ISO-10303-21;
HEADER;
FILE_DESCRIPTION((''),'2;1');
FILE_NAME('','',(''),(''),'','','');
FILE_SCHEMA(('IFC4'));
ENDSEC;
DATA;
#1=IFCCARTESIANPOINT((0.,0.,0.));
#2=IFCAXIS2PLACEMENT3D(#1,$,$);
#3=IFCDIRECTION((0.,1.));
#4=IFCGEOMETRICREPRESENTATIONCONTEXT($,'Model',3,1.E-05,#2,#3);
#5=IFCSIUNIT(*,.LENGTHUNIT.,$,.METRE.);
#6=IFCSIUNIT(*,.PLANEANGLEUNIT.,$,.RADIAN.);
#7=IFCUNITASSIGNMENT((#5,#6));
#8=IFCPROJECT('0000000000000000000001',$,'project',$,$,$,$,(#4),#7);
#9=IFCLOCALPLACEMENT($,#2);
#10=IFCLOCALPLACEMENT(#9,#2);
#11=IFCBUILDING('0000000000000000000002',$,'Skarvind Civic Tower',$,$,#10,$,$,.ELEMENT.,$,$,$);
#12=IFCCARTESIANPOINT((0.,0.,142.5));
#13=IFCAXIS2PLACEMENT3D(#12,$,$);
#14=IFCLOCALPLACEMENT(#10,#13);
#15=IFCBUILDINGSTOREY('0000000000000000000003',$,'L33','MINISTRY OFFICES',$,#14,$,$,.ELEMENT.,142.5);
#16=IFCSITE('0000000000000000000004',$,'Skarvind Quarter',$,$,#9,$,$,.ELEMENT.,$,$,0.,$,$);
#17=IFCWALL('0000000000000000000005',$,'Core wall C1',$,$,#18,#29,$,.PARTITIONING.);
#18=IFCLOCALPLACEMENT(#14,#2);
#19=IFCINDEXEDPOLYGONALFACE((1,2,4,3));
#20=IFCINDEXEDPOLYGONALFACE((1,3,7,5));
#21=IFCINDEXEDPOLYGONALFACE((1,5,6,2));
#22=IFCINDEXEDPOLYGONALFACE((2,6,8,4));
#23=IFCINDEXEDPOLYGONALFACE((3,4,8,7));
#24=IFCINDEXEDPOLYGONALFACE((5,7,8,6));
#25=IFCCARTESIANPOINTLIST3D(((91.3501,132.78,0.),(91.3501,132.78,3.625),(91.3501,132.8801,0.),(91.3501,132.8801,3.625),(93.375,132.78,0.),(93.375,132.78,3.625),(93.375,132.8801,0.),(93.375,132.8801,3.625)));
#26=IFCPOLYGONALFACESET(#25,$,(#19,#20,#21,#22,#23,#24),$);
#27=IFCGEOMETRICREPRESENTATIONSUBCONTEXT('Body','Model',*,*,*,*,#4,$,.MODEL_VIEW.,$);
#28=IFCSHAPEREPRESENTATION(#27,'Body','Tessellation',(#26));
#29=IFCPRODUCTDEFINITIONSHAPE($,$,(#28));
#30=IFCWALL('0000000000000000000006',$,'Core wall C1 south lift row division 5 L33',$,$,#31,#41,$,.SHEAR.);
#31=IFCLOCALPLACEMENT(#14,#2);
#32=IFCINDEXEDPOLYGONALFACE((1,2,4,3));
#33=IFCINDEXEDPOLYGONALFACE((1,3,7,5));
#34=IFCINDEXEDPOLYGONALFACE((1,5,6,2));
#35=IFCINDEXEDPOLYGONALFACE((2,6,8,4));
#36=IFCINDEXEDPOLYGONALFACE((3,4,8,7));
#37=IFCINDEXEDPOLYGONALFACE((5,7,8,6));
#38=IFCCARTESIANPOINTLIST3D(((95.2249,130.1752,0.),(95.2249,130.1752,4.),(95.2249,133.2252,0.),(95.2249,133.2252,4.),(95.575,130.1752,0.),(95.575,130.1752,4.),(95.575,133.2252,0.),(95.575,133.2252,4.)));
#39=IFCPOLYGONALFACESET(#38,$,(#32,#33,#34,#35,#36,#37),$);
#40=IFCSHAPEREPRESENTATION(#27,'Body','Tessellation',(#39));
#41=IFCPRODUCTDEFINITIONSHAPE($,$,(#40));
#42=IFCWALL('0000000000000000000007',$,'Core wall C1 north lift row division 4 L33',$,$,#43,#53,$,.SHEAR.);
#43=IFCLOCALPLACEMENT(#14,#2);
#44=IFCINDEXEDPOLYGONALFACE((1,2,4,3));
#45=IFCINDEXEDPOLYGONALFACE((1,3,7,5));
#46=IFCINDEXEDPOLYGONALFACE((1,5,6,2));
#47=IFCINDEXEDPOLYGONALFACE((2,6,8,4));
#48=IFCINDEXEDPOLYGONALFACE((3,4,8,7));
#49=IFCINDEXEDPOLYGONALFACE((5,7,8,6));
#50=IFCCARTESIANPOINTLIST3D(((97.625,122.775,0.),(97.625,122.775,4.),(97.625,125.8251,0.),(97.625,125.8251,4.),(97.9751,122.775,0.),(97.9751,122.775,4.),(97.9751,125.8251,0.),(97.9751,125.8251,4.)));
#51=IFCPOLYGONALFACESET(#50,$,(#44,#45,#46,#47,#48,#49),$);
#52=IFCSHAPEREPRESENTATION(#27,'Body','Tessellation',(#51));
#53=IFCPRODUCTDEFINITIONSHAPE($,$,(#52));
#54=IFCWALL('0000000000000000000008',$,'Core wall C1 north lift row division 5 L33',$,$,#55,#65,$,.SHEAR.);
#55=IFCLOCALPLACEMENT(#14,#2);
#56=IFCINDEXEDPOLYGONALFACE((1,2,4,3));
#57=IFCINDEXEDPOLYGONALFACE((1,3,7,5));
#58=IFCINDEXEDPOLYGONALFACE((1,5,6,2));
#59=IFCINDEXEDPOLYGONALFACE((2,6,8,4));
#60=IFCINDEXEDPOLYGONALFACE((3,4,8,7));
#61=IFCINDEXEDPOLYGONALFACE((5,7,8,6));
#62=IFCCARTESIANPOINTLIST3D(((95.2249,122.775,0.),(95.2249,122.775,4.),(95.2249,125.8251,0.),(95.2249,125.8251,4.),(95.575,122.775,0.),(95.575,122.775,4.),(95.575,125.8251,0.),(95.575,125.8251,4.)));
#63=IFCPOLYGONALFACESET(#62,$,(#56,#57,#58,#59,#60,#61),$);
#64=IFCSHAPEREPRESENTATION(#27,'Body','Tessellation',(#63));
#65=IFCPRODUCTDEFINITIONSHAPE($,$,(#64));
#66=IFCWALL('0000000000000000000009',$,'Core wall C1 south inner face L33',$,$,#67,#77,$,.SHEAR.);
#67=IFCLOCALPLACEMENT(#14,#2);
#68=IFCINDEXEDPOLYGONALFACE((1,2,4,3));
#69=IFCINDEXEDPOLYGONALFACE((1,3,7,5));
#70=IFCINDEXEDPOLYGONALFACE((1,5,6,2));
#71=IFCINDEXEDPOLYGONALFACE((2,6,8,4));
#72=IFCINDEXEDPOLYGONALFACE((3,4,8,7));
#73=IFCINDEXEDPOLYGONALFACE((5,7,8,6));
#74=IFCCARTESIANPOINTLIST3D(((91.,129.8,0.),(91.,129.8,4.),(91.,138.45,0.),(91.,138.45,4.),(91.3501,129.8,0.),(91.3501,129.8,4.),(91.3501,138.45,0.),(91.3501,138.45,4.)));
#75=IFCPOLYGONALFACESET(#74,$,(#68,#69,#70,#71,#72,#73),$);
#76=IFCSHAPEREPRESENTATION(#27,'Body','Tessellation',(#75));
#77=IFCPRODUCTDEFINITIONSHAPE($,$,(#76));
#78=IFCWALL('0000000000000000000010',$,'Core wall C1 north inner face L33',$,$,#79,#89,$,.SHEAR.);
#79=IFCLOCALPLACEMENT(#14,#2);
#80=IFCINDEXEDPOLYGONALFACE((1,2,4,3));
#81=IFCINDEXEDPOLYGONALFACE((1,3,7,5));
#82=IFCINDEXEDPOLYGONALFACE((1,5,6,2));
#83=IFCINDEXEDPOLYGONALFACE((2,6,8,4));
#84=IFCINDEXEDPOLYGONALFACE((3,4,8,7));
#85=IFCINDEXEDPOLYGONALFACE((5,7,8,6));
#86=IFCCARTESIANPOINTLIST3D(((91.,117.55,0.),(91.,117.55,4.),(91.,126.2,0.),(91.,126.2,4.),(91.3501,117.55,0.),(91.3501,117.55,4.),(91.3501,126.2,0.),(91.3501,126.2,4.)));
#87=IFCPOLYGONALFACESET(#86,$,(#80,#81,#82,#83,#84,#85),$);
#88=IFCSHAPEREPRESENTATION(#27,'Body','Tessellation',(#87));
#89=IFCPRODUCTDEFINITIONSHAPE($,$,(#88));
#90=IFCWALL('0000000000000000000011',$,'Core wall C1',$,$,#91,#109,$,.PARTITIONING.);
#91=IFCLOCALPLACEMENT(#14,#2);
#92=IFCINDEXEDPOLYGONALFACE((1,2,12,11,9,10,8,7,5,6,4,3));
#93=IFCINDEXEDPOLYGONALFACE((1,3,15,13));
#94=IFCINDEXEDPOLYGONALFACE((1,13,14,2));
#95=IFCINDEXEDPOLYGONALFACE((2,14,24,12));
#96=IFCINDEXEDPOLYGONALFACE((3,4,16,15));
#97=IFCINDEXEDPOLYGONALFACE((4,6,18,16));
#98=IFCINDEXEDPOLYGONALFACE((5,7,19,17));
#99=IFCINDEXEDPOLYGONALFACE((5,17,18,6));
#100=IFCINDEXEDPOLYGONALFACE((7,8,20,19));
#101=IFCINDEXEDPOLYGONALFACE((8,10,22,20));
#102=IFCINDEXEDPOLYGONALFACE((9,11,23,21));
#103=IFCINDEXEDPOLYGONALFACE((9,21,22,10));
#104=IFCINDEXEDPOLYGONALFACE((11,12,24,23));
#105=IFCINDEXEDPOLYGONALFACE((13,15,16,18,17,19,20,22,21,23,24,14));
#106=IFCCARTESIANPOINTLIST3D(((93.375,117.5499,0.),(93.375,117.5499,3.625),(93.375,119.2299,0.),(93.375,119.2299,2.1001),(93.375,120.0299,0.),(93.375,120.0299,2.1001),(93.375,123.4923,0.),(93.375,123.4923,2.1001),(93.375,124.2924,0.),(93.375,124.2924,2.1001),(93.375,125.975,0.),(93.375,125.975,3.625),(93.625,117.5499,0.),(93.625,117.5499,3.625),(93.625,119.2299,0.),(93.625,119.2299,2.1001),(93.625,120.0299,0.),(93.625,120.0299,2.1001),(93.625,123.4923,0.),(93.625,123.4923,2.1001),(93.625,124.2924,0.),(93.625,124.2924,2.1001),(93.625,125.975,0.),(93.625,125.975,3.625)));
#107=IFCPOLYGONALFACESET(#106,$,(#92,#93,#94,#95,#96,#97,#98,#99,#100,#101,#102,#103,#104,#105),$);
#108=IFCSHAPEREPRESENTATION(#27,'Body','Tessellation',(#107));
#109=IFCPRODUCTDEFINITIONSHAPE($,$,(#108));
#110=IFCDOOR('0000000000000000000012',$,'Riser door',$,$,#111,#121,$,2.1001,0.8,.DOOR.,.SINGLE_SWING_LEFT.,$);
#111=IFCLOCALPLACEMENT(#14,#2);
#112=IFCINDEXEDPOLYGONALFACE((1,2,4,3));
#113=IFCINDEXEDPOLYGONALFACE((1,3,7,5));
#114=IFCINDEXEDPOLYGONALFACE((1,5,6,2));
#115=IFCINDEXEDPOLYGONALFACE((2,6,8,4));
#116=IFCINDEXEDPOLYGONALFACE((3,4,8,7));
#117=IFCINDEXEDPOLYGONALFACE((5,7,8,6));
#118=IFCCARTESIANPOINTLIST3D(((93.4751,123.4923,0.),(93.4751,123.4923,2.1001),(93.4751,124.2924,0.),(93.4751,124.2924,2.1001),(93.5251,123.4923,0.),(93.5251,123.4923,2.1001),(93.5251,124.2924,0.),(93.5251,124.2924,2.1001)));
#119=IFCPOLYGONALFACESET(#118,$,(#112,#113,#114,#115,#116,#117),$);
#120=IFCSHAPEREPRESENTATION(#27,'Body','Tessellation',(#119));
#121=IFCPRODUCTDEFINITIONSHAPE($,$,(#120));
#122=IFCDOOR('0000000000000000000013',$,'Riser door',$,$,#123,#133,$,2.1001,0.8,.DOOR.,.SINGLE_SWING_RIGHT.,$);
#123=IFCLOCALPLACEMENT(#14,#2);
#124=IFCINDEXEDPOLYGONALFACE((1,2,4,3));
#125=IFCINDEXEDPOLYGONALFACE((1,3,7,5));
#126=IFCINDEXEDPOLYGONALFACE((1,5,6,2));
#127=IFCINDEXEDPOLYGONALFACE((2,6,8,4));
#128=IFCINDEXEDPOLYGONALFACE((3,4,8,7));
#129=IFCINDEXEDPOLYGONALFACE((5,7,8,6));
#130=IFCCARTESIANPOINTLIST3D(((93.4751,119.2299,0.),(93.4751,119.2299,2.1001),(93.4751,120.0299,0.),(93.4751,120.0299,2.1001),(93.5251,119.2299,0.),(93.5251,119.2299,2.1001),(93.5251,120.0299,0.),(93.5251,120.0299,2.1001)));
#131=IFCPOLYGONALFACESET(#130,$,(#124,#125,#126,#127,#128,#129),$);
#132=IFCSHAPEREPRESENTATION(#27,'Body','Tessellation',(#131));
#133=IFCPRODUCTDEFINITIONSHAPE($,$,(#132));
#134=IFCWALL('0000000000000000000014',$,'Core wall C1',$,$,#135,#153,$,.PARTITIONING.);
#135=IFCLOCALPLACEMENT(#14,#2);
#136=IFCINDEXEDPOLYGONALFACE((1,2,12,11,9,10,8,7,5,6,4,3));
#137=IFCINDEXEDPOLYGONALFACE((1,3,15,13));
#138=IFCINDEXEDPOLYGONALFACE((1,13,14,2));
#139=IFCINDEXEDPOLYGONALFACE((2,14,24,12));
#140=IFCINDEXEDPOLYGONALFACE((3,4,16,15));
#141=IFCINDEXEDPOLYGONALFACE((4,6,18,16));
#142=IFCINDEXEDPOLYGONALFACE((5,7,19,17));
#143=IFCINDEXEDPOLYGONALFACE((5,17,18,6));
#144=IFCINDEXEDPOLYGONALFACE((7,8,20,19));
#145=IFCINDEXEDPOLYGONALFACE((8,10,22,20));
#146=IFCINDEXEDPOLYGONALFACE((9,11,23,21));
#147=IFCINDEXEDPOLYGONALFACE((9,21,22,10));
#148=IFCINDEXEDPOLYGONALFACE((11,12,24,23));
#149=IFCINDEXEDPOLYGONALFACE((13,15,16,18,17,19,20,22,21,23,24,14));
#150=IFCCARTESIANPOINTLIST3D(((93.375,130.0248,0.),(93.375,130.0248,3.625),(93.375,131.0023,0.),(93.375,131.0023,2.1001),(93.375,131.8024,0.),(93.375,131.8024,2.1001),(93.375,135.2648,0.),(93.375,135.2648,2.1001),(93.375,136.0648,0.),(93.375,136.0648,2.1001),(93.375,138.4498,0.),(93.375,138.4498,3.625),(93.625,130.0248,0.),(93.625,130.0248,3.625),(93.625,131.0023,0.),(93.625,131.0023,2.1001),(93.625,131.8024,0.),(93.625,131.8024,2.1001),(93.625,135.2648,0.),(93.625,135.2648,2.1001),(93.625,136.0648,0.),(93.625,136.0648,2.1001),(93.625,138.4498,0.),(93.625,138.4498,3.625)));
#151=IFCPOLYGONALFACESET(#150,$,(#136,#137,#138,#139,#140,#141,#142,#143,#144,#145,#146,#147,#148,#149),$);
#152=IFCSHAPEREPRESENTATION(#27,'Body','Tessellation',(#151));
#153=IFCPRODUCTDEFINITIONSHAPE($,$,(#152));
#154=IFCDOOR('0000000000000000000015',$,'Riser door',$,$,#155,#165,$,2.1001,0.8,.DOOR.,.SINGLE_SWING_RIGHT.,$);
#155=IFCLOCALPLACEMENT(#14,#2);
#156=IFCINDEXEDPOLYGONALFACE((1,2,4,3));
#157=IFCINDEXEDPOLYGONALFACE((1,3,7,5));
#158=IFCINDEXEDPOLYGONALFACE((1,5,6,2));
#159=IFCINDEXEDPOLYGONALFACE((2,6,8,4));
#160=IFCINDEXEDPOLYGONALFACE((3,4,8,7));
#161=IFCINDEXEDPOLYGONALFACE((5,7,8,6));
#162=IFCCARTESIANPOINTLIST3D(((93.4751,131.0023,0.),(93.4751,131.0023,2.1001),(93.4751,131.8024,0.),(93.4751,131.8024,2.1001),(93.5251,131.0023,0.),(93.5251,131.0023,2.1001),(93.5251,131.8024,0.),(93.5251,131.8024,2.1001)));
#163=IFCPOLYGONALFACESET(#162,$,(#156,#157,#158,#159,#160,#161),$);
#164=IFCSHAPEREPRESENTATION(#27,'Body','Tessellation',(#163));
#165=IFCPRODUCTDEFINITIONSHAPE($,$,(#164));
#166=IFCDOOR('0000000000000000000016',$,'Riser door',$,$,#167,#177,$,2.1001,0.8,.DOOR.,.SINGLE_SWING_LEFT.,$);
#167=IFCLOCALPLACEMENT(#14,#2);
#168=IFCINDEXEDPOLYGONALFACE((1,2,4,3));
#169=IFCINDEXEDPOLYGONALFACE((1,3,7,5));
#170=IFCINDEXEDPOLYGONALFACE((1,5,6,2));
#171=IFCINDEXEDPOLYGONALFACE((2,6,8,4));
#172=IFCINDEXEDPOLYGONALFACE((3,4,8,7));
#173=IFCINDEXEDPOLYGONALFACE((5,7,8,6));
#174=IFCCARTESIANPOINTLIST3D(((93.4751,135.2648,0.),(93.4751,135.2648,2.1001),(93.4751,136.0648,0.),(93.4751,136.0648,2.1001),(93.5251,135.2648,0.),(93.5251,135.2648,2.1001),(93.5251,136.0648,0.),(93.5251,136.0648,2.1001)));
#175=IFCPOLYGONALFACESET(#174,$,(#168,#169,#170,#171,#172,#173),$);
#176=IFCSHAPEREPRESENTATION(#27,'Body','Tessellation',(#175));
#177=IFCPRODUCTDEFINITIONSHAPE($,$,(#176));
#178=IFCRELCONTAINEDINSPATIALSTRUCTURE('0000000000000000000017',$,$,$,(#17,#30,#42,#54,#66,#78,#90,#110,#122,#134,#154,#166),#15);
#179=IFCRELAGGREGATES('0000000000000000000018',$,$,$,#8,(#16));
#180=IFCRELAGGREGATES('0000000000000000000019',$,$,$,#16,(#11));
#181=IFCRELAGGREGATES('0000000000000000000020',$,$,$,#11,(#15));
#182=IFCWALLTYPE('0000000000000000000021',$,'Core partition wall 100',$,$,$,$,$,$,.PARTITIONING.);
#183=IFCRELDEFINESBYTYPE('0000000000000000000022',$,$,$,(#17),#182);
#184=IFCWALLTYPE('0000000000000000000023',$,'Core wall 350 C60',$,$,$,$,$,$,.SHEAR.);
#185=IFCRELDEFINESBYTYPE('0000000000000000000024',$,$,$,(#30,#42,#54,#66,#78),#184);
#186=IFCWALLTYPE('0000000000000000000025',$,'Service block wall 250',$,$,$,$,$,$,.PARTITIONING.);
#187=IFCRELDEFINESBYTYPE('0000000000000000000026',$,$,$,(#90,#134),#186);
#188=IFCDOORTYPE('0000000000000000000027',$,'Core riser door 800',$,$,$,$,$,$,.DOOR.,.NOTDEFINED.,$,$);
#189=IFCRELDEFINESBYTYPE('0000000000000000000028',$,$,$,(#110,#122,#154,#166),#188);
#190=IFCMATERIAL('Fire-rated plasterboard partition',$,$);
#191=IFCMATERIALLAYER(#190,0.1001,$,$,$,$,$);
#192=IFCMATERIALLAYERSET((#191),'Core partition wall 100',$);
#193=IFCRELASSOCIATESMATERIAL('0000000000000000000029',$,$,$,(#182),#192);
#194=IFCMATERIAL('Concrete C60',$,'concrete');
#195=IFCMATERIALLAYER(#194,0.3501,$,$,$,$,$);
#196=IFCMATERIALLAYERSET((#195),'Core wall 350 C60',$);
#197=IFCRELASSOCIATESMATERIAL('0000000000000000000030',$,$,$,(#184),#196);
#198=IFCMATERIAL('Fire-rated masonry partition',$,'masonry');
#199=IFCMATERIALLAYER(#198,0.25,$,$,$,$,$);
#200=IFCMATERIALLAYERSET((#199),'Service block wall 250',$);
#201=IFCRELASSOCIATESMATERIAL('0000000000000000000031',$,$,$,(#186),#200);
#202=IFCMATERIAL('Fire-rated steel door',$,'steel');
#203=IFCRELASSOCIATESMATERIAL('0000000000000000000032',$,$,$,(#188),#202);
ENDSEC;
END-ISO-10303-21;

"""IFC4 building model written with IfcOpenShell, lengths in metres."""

from ifc_helpers import new_model, si_unit, direction, frame, frame_2d, origin, place, context, subcontext, project, spatial, rectangle, extrude, material, layer, layer_set, type_object, element, fill, save


model = new_model("IFC4")

# Units and contexts
model_context = context("Model", 3, precision=1e-05, world=origin(), true_north=direction((0.0, 1.0)))
body_context = subcontext(model_context, "Body", "Model", "MODEL_VIEW")
ifc_project = project(units=[si_unit("LENGTHUNIT", "METRE"), si_unit("PLANEANGLEUNIT", "RADIAN")], contexts=[model_context])

# Site, building, storey
site_placement = place(None, origin())
site = spatial("IfcSite", under=ifc_project, at=site_placement, Name="Skarvind Quarter", CompositionType="ELEMENT", RefElevation=0.0)
building_placement = place(site_placement, origin())
building = spatial("IfcBuilding", under=site, at=building_placement, Name="Skarvind Civic Tower", CompositionType="ELEMENT")
storey_placement = place(building_placement, frame((0.0, 0.0, 142.5)))
storey = spatial("IfcBuildingStorey", under=building, at=storey_placement, Name="L33", Description="MINISTRY OFFICES", CompositionType="ELEMENT", Elevation=142.5)

# Shared definitions
ifc_material_1 = material(Name="Concrete C60", Category="concrete")

# Shared definitions
ifc_material_2 = material(Name="Fire-rated masonry partition", Category="masonry")
ifc_material_3 = material(Name="Fire-rated steel door", Category="steel")

# Walls
ifc_material_4 = material(Name="Fire-rated plasterboard partition")
ifc_layer_1 = layer(ifc_material_4, 0.1001)
ifc_layer_set_1 = layer_set([ifc_layer_1], Name="Core partition wall 100")
wall_type_1 = type_object("IfcWallType", Name="Core partition wall 100", PredefinedType="PARTITIONING", material=ifc_layer_set_1)
for number, where, z_axis, x_axis, name in (
    (1, (91.3501, 132.8301, 0.0), (0.0, 0.0, 1.0), (1.0, 0.0, 0.0), "Core wall C1"),
):
    element("IfcWall", number, at=place(storey_placement, frame(where, z_axis=z_axis, x_axis=x_axis)), inside=storey, type_object=wall_type_1, Name=name, PredefinedType="PARTITIONING", context=body_context, shape_type="SweptSolid", body=[
        extrude(rectangle(XDim=2.0249, YDim=0.1001, at=frame_2d((1.0125, 0.0))), origin(), (0.0, 0.0, 1.0), 3.625),
    ])
ifc_layer_2 = layer(ifc_material_1, 0.3501)
ifc_layer_set_2 = layer_set([ifc_layer_2], Name="Core wall 350 C60")
wall_type_2 = type_object("IfcWallType", Name="Core wall 350 C60", PredefinedType="SHEAR", material=ifc_layer_set_2)
for number, where, z_axis, x_axis, name in (
    (2, (95.3999, 133.2251, 0.0), (0.0, 0.0, 1.0), (0.0, -1.0, 0.0), "Core wall C1 south lift row division 5 L33"),
    (3, (97.8, 125.825, 0.0), (0.0, 0.0, 1.0), (0.0, -1.0, 0.0), "Core wall C1 north lift row division 4 L33"),
    (4, (95.3999, 125.825, 0.0), (0.0, 0.0, 1.0), (0.0, -1.0, 0.0), "Core wall C1 north lift row division 5 L33"),
):
    element("IfcWall", number, at=place(storey_placement, frame(where, z_axis=z_axis, x_axis=x_axis)), inside=storey, type_object=wall_type_2, Name=name, PredefinedType="SHEAR", context=body_context, shape_type="SweptSolid", body=[
        extrude(rectangle(XDim=3.05, YDim=0.3501, at=frame_2d((1.5249, 0.0))), origin(), (0.0, 0.0, 1.0), 4.0),
    ])
for number, where, z_axis, x_axis, name in (
    (5, (91.175, 138.45, 0.0), (0.0, 0.0, 1.0), (0.0, -1.0, 0.0), "Core wall C1 south inner face L33"),
    (6, (91.175, 126.2, 0.0), (0.0, 0.0, 1.0), (0.0, -1.0, 0.0), "Core wall C1 north inner face L33"),
):
    element("IfcWall", number, at=place(storey_placement, frame(where, z_axis=z_axis, x_axis=x_axis)), inside=storey, type_object=wall_type_2, Name=name, PredefinedType="SHEAR", context=body_context, shape_type="SweptSolid", body=[
        extrude(rectangle(XDim=8.6499, YDim=0.3501, at=frame_2d((4.325, 0.0))), origin(), (0.0, 0.0, 1.0), 4.0),
    ])

# Walls, openings, doors
ifc_layer_3 = layer(ifc_material_2, 0.25)
ifc_layer_set_3 = layer_set([ifc_layer_3], Name="Service block wall 250")
wall_type_3 = type_object("IfcWallType", Name="Service block wall 250", PredefinedType="PARTITIONING", material=ifc_layer_set_3)
wall_1_placement = place(storey_placement, frame((93.5, 117.55, 0.0), z_axis=(0.0, 0.0, 1.0), x_axis=(0.0, 1.0, 0.0)))
wall_1 = element("IfcWall", 7, at=wall_1_placement, inside=storey, type_object=wall_type_3, Name="Core wall C1", PredefinedType="PARTITIONING", context=body_context, shape_type="SweptSolid", body=[
    extrude(rectangle(XDim=8.425, YDim=0.25, at=frame_2d((4.2124, 0.0))), origin(), (0.0, 0.0, 1.0), 3.625),
])
opening_1_placement = place(wall_1_placement, frame((5.9424, 0.0, 0.0)))
opening_1 = element("IfcOpeningElement", 8, at=opening_1_placement, cuts=wall_1, PredefinedType="OPENING", context=body_context, shape_type="SweptSolid", body=[
    extrude(rectangle(XDim=0.8, YDim=2.1001, at=frame_2d((0.3999, 1.05))), frame((0.0, 0.135, 0.0), z_axis=(0.0, -1.0, 0.0), x_axis=(1.0, 0.0, 0.0)), (0.0, 0.0, 1.0), 0.27),
])
opening_2_placement = place(wall_1_placement, frame((1.6799, 0.0, 0.0)))
opening_2 = element("IfcOpeningElement", 9, at=opening_2_placement, cuts=wall_1, PredefinedType="OPENING", context=body_context, shape_type="SweptSolid", body=[
    extrude(rectangle(XDim=0.8, YDim=2.1001, at=frame_2d((0.3999, 1.05))), frame((0.0, 0.135, 0.0), z_axis=(0.0, -1.0, 0.0), x_axis=(1.0, 0.0, 0.0)), (0.0, 0.0, 1.0), 0.27),
])
door_type_1 = type_object("IfcDoorType", Name="Core riser door 800", OperationType="NOTDEFINED", PredefinedType="DOOR", material=ifc_material_3)
door_1_placement = place(opening_1_placement, origin())
door_1 = element("IfcDoor", 10, at=door_1_placement, inside=storey, type_object=door_type_1, Name="Riser door", OperationType="SINGLE_SWING_LEFT", OverallHeight=2.1001, OverallWidth=0.8, PredefinedType="DOOR", context=body_context, shape_type="SweptSolid", body=[
    extrude(rectangle(XDim=0.8, YDim=2.1001, at=frame_2d((0.3999, 1.05))), frame((0.0, 0.0249, 0.0), z_axis=(0.0, -1.0, 0.0), x_axis=(1.0, 0.0, 0.0)), (0.0, 0.0, 1.0), 0.05),
])
fill(opening_1, door_1)
door_2_placement = place(opening_2_placement, origin())
door_2 = element("IfcDoor", 11, at=door_2_placement, inside=storey, type_object=door_type_1, Name="Riser door", OperationType="SINGLE_SWING_RIGHT", OverallHeight=2.1001, OverallWidth=0.8, PredefinedType="DOOR", context=body_context, shape_type="SweptSolid", body=[
    extrude(rectangle(XDim=0.8, YDim=2.1001, at=frame_2d((0.3999, 1.05))), frame((0.0, 0.0249, 0.0), z_axis=(0.0, -1.0, 0.0), x_axis=(1.0, 0.0, 0.0)), (0.0, 0.0, 1.0), 0.05),
])
fill(opening_2, door_2)
wall_2_placement = place(storey_placement, frame((93.5, 130.0249, 0.0), z_axis=(0.0, 0.0, 1.0), x_axis=(0.0, 1.0, 0.0)))
wall_2 = element("IfcWall", 12, at=wall_2_placement, inside=storey, type_object=wall_type_3, Name="Core wall C1", PredefinedType="PARTITIONING", context=body_context, shape_type="SweptSolid", body=[
    extrude(rectangle(XDim=8.425, YDim=0.25, at=frame_2d((4.2124, 0.0))), origin(), (0.0, 0.0, 1.0), 3.625),
])
opening_3_placement = place(wall_2_placement, frame((0.9775, 0.0, 0.0)))
opening_3 = element("IfcOpeningElement", 13, at=opening_3_placement, cuts=wall_2, PredefinedType="OPENING", context=body_context, shape_type="SweptSolid", body=[
    extrude(rectangle(XDim=0.8, YDim=2.1001, at=frame_2d((0.3999, 1.05))), frame((0.0, 0.135, 0.0), z_axis=(0.0, -1.0, 0.0), x_axis=(1.0, 0.0, 0.0)), (0.0, 0.0, 1.0), 0.27),
])
opening_4_placement = place(wall_2_placement, frame((5.24, 0.0, 0.0)))
opening_4 = element("IfcOpeningElement", 14, at=opening_4_placement, cuts=wall_2, PredefinedType="OPENING", context=body_context, shape_type="SweptSolid", body=[
    extrude(rectangle(XDim=0.8, YDim=2.1001, at=frame_2d((0.3999, 1.05))), frame((0.0, 0.135, 0.0), z_axis=(0.0, -1.0, 0.0), x_axis=(1.0, 0.0, 0.0)), (0.0, 0.0, 1.0), 0.27),
])
door_3_placement = place(opening_3_placement, origin())
door_3 = element("IfcDoor", 15, at=door_3_placement, inside=storey, type_object=door_type_1, Name="Riser door", OperationType="SINGLE_SWING_RIGHT", OverallHeight=2.1001, OverallWidth=0.8, PredefinedType="DOOR", context=body_context, shape_type="SweptSolid", body=[
    extrude(rectangle(XDim=0.8, YDim=2.1001, at=frame_2d((0.3999, 1.05))), frame((0.0, 0.0249, 0.0), z_axis=(0.0, -1.0, 0.0), x_axis=(1.0, 0.0, 0.0)), (0.0, 0.0, 1.0), 0.05),
])
fill(opening_3, door_3)
door_4_placement = place(opening_4_placement, origin())
door_4 = element("IfcDoor", 16, at=door_4_placement, inside=storey, type_object=door_type_1, Name="Riser door", OperationType="SINGLE_SWING_LEFT", OverallHeight=2.1001, OverallWidth=0.8, PredefinedType="DOOR", context=body_context, shape_type="SweptSolid", body=[
    extrude(rectangle(XDim=0.8, YDim=2.1001, at=frame_2d((0.3999, 1.05))), frame((0.0, 0.0249, 0.0), z_axis=(0.0, -1.0, 0.0), x_axis=(1.0, 0.0, 0.0)), (0.0, 0.0, 1.0), 0.05),
])
fill(opening_4, door_4)

save(model, "model.ifc")
